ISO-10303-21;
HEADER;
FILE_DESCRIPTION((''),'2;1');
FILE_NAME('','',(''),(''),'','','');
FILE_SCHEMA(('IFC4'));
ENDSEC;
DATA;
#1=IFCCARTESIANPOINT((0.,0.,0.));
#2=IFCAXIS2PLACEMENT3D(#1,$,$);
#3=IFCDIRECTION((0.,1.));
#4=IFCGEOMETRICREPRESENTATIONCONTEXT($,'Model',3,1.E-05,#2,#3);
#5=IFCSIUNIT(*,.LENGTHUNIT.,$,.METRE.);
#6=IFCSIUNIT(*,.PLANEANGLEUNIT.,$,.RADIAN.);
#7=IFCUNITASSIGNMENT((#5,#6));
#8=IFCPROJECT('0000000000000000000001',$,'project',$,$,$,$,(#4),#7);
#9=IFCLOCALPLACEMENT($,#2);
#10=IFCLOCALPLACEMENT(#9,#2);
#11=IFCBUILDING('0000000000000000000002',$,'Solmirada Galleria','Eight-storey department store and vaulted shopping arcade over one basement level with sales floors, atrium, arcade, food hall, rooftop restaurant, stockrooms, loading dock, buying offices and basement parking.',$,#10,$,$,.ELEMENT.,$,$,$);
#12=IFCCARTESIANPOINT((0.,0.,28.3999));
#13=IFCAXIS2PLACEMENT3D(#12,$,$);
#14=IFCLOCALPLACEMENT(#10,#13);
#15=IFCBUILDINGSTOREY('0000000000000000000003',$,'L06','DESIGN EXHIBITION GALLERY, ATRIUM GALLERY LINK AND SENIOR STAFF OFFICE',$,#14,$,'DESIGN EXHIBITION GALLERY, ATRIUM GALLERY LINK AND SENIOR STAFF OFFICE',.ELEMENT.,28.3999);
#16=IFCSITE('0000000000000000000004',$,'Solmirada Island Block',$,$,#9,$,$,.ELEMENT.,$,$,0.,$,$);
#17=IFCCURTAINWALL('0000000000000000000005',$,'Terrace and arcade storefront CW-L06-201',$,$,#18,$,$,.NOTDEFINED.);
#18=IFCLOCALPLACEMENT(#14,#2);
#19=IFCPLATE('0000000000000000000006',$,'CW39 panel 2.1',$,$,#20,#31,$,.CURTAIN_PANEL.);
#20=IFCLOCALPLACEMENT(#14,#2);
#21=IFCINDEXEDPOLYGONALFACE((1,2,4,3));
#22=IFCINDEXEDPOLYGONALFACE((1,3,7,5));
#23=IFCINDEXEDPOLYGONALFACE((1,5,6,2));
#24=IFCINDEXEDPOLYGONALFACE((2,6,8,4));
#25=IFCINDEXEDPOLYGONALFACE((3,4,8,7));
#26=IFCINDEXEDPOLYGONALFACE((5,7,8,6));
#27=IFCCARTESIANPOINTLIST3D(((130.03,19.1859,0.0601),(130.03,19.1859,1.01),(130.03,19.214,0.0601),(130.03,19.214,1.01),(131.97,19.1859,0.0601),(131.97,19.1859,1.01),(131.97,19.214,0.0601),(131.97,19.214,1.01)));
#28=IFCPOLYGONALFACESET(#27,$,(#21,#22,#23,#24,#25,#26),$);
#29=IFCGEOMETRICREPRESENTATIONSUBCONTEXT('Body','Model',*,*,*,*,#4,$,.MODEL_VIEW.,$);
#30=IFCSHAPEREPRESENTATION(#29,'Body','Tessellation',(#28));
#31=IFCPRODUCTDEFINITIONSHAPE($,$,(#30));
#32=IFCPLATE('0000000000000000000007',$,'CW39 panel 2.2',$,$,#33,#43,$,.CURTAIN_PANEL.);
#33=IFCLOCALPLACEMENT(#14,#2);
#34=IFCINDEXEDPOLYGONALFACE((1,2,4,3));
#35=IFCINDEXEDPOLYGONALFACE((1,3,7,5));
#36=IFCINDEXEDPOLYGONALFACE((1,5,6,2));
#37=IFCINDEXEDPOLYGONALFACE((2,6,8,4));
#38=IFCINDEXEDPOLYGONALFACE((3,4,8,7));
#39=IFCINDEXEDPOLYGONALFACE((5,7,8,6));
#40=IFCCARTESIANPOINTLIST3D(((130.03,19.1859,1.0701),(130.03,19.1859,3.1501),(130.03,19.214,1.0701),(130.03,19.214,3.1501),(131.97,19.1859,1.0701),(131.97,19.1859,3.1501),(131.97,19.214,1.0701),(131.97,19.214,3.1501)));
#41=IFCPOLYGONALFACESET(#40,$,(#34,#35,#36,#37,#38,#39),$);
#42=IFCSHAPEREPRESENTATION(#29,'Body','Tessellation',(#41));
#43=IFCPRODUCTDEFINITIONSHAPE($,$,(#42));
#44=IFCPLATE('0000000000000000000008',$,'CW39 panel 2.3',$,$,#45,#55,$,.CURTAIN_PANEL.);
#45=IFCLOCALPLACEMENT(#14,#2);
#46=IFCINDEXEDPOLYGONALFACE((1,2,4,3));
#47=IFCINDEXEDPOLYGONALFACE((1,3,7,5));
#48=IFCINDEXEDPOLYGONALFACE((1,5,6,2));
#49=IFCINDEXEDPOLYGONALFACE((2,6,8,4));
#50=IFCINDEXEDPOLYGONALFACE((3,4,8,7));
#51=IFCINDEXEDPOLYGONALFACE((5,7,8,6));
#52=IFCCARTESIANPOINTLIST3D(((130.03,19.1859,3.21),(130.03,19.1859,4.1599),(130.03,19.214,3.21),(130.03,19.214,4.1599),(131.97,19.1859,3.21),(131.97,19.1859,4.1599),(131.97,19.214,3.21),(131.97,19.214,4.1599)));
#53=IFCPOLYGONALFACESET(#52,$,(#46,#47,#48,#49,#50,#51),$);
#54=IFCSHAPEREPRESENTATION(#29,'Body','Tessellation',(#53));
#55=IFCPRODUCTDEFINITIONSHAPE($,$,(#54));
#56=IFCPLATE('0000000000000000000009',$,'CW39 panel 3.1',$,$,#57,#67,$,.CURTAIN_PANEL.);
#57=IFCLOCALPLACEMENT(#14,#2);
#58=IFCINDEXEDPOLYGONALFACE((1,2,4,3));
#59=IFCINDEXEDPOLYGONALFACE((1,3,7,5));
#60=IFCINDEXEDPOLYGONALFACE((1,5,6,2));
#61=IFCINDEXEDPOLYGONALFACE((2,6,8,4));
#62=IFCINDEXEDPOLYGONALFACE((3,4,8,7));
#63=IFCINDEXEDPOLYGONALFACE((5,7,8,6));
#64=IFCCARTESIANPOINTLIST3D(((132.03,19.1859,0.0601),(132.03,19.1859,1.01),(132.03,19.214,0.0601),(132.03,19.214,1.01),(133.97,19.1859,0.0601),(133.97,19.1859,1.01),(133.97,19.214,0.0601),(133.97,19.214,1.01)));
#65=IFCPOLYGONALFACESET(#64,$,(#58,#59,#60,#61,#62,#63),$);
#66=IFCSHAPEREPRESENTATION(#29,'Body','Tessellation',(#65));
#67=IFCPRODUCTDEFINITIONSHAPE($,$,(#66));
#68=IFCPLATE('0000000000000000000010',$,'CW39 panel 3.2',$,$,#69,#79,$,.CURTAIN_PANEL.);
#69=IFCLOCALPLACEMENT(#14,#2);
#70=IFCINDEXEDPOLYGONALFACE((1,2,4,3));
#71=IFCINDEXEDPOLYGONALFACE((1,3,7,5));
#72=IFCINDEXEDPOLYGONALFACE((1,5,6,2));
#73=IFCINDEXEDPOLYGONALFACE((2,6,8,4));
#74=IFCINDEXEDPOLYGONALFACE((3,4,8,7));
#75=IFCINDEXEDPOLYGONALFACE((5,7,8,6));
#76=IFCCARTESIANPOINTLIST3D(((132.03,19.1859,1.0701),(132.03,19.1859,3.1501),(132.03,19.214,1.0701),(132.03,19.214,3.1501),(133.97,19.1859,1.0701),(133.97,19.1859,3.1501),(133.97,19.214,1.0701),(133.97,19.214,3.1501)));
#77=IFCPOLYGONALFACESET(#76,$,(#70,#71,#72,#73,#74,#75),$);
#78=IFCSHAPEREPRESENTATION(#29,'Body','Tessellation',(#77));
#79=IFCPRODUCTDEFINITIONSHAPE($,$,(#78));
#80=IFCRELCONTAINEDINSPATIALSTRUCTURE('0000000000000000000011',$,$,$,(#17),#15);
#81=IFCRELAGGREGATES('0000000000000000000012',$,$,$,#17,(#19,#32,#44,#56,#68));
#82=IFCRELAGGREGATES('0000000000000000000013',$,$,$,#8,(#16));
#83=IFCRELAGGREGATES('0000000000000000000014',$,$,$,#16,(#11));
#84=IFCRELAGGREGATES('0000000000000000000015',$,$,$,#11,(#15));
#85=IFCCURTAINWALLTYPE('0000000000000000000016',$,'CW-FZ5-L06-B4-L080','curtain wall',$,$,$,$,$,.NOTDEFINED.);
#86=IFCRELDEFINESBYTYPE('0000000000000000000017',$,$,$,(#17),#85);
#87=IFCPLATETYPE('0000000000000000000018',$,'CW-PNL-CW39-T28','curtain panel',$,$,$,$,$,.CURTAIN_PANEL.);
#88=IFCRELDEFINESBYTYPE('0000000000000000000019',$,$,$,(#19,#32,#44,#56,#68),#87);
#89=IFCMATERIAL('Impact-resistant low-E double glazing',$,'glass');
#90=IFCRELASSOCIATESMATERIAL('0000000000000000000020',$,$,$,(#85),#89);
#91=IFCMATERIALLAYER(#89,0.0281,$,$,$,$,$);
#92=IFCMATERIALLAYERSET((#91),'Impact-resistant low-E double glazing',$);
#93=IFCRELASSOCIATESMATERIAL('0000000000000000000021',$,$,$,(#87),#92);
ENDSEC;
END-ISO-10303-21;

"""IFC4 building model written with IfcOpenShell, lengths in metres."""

from ifc_helpers import new_model, si_unit, direction, frame, origin, origin_2d, place, context, subcontext, project, spatial, rectangle, extrude, material, layer, layer_set, type_object, element, aggregate, save


model = new_model("IFC4")

# Units and contexts
model_context = context("Model", 3, precision=1e-05, world=origin(), true_north=direction((0.0, 1.0)))
body_context = subcontext(model_context, "Body", "Model", "MODEL_VIEW")
ifc_project = project(units=[si_unit("LENGTHUNIT", "METRE"), si_unit("PLANEANGLEUNIT", "RADIAN")], contexts=[model_context])

# Site, building, storey
site_placement = place(None, origin())
site = spatial("IfcSite", under=ifc_project, at=site_placement, Name="Solmirada Island Block", CompositionType="ELEMENT", RefElevation=0.0)
building_placement = place(site_placement, origin())
building = spatial("IfcBuilding", under=site, at=building_placement, Name="Solmirada Galleria", Description="Eight-storey department store and vaulted shopping arcade over one basement level with sales floors, atrium, arcade, food hall, rooftop restaurant, stockrooms, loading dock, buying offices and basement parking.", CompositionType="ELEMENT")
storey_placement = place(building_placement, frame((0.0, 0.0, 28.3999)))
storey = spatial("IfcBuildingStorey", under=building, at=storey_placement, Name="L06", Description="DESIGN EXHIBITION GALLERY, ATRIUM GALLERY LINK AND SENIOR STAFF OFFICE", LongName="DESIGN EXHIBITION GALLERY, ATRIUM GALLERY LINK AND SENIOR STAFF OFFICE", CompositionType="ELEMENT", Elevation=28.3999)

# Shared definitions
ifc_material_1 = material(Name="Impact-resistant low-E double glazing", Category="glass")
curtain_wall_type = type_object("IfcCurtainWallType", Name="CW-FZ5-L06-B4-L080", Description="curtain wall", PredefinedType="NOTDEFINED", material=ifc_material_1)

# Curtain wall
curtain_wall_1_placement = place(storey_placement, origin())
curtain_wall_1 = element("IfcCurtainWall", 1, at=curtain_wall_1_placement, inside=storey, type_object=curtain_wall_type, Name="Terrace and arcade storefront CW-L06-201", PredefinedType="NOTDEFINED")

# Plates
ifc_layer_1 = layer(ifc_material_1, 0.0281)
ifc_layer_set_1 = layer_set([ifc_layer_1], Name="Impact-resistant low-E double glazing")
plate_type = type_object("IfcPlateType", Name="CW-PNL-CW39-T28", Description="curtain panel", PredefinedType="CURTAIN_PANEL", material=ifc_layer_set_1)
plate_1_placement = place(storey_placement, frame((131.0, 19.2, 0.0601), z_axis=(0.0, 0.0, 1.0), x_axis=(1.0, 0.0, 0.0)))
plate_1 = element("IfcPlate", 2, at=plate_1_placement, type_object=plate_type, Name="CW39 panel 2.1", PredefinedType="CURTAIN_PANEL", context=body_context, shape_type="SweptSolid", body=[
    extrude(rectangle(XDim=1.9399, YDim=0.0281, at=origin_2d()), origin(), (0.0, 0.0, 1.0), 0.95),
])
plate_2_placement = place(storey_placement, frame((131.0, 19.2, 1.0701), z_axis=(0.0, 0.0, 1.0), x_axis=(1.0, 0.0, 0.0)))
plate_2 = element("IfcPlate", 3, at=plate_2_placement, type_object=plate_type, Name="CW39 panel 2.2", PredefinedType="CURTAIN_PANEL", context=body_context, shape_type="SweptSolid", body=[
    extrude(rectangle(XDim=1.9399, YDim=0.0281, at=origin_2d()), origin(), (0.0, 0.0, 1.0), 2.0801),
])
plate_3_placement = place(storey_placement, frame((131.0, 19.2, 3.21), z_axis=(0.0, 0.0, 1.0), x_axis=(1.0, 0.0, 0.0)))
plate_3 = element("IfcPlate", 4, at=plate_3_placement, type_object=plate_type, Name="CW39 panel 2.3", PredefinedType="CURTAIN_PANEL", context=body_context, shape_type="SweptSolid", body=[
    extrude(rectangle(XDim=1.9399, YDim=0.0281, at=origin_2d()), origin(), (0.0, 0.0, 1.0), 0.95),
])
plate_4_placement = place(storey_placement, frame((133.0, 19.2, 0.0601), z_axis=(0.0, 0.0, 1.0), x_axis=(1.0, 0.0, 0.0)))
plate_4 = element("IfcPlate", 5, at=plate_4_placement, type_object=plate_type, Name="CW39 panel 3.1", PredefinedType="CURTAIN_PANEL", context=body_context, shape_type="SweptSolid", body=[
    extrude(rectangle(XDim=1.9399, YDim=0.0281, at=origin_2d()), origin(), (0.0, 0.0, 1.0), 0.95),
])
plate_5_placement = place(storey_placement, frame((133.0, 19.2, 1.0701), z_axis=(0.0, 0.0, 1.0), x_axis=(1.0, 0.0, 0.0)))
plate_5 = element("IfcPlate", 6, at=plate_5_placement, type_object=plate_type, Name="CW39 panel 3.2", PredefinedType="CURTAIN_PANEL", context=body_context, shape_type="SweptSolid", body=[
    extrude(rectangle(XDim=1.9399, YDim=0.0281, at=origin_2d()), origin(), (0.0, 0.0, 1.0), 2.0801),
])
aggregate(curtain_wall_1, [plate_1, plate_2, plate_3, plate_4, plate_5])

save(model, "model.ifc")
